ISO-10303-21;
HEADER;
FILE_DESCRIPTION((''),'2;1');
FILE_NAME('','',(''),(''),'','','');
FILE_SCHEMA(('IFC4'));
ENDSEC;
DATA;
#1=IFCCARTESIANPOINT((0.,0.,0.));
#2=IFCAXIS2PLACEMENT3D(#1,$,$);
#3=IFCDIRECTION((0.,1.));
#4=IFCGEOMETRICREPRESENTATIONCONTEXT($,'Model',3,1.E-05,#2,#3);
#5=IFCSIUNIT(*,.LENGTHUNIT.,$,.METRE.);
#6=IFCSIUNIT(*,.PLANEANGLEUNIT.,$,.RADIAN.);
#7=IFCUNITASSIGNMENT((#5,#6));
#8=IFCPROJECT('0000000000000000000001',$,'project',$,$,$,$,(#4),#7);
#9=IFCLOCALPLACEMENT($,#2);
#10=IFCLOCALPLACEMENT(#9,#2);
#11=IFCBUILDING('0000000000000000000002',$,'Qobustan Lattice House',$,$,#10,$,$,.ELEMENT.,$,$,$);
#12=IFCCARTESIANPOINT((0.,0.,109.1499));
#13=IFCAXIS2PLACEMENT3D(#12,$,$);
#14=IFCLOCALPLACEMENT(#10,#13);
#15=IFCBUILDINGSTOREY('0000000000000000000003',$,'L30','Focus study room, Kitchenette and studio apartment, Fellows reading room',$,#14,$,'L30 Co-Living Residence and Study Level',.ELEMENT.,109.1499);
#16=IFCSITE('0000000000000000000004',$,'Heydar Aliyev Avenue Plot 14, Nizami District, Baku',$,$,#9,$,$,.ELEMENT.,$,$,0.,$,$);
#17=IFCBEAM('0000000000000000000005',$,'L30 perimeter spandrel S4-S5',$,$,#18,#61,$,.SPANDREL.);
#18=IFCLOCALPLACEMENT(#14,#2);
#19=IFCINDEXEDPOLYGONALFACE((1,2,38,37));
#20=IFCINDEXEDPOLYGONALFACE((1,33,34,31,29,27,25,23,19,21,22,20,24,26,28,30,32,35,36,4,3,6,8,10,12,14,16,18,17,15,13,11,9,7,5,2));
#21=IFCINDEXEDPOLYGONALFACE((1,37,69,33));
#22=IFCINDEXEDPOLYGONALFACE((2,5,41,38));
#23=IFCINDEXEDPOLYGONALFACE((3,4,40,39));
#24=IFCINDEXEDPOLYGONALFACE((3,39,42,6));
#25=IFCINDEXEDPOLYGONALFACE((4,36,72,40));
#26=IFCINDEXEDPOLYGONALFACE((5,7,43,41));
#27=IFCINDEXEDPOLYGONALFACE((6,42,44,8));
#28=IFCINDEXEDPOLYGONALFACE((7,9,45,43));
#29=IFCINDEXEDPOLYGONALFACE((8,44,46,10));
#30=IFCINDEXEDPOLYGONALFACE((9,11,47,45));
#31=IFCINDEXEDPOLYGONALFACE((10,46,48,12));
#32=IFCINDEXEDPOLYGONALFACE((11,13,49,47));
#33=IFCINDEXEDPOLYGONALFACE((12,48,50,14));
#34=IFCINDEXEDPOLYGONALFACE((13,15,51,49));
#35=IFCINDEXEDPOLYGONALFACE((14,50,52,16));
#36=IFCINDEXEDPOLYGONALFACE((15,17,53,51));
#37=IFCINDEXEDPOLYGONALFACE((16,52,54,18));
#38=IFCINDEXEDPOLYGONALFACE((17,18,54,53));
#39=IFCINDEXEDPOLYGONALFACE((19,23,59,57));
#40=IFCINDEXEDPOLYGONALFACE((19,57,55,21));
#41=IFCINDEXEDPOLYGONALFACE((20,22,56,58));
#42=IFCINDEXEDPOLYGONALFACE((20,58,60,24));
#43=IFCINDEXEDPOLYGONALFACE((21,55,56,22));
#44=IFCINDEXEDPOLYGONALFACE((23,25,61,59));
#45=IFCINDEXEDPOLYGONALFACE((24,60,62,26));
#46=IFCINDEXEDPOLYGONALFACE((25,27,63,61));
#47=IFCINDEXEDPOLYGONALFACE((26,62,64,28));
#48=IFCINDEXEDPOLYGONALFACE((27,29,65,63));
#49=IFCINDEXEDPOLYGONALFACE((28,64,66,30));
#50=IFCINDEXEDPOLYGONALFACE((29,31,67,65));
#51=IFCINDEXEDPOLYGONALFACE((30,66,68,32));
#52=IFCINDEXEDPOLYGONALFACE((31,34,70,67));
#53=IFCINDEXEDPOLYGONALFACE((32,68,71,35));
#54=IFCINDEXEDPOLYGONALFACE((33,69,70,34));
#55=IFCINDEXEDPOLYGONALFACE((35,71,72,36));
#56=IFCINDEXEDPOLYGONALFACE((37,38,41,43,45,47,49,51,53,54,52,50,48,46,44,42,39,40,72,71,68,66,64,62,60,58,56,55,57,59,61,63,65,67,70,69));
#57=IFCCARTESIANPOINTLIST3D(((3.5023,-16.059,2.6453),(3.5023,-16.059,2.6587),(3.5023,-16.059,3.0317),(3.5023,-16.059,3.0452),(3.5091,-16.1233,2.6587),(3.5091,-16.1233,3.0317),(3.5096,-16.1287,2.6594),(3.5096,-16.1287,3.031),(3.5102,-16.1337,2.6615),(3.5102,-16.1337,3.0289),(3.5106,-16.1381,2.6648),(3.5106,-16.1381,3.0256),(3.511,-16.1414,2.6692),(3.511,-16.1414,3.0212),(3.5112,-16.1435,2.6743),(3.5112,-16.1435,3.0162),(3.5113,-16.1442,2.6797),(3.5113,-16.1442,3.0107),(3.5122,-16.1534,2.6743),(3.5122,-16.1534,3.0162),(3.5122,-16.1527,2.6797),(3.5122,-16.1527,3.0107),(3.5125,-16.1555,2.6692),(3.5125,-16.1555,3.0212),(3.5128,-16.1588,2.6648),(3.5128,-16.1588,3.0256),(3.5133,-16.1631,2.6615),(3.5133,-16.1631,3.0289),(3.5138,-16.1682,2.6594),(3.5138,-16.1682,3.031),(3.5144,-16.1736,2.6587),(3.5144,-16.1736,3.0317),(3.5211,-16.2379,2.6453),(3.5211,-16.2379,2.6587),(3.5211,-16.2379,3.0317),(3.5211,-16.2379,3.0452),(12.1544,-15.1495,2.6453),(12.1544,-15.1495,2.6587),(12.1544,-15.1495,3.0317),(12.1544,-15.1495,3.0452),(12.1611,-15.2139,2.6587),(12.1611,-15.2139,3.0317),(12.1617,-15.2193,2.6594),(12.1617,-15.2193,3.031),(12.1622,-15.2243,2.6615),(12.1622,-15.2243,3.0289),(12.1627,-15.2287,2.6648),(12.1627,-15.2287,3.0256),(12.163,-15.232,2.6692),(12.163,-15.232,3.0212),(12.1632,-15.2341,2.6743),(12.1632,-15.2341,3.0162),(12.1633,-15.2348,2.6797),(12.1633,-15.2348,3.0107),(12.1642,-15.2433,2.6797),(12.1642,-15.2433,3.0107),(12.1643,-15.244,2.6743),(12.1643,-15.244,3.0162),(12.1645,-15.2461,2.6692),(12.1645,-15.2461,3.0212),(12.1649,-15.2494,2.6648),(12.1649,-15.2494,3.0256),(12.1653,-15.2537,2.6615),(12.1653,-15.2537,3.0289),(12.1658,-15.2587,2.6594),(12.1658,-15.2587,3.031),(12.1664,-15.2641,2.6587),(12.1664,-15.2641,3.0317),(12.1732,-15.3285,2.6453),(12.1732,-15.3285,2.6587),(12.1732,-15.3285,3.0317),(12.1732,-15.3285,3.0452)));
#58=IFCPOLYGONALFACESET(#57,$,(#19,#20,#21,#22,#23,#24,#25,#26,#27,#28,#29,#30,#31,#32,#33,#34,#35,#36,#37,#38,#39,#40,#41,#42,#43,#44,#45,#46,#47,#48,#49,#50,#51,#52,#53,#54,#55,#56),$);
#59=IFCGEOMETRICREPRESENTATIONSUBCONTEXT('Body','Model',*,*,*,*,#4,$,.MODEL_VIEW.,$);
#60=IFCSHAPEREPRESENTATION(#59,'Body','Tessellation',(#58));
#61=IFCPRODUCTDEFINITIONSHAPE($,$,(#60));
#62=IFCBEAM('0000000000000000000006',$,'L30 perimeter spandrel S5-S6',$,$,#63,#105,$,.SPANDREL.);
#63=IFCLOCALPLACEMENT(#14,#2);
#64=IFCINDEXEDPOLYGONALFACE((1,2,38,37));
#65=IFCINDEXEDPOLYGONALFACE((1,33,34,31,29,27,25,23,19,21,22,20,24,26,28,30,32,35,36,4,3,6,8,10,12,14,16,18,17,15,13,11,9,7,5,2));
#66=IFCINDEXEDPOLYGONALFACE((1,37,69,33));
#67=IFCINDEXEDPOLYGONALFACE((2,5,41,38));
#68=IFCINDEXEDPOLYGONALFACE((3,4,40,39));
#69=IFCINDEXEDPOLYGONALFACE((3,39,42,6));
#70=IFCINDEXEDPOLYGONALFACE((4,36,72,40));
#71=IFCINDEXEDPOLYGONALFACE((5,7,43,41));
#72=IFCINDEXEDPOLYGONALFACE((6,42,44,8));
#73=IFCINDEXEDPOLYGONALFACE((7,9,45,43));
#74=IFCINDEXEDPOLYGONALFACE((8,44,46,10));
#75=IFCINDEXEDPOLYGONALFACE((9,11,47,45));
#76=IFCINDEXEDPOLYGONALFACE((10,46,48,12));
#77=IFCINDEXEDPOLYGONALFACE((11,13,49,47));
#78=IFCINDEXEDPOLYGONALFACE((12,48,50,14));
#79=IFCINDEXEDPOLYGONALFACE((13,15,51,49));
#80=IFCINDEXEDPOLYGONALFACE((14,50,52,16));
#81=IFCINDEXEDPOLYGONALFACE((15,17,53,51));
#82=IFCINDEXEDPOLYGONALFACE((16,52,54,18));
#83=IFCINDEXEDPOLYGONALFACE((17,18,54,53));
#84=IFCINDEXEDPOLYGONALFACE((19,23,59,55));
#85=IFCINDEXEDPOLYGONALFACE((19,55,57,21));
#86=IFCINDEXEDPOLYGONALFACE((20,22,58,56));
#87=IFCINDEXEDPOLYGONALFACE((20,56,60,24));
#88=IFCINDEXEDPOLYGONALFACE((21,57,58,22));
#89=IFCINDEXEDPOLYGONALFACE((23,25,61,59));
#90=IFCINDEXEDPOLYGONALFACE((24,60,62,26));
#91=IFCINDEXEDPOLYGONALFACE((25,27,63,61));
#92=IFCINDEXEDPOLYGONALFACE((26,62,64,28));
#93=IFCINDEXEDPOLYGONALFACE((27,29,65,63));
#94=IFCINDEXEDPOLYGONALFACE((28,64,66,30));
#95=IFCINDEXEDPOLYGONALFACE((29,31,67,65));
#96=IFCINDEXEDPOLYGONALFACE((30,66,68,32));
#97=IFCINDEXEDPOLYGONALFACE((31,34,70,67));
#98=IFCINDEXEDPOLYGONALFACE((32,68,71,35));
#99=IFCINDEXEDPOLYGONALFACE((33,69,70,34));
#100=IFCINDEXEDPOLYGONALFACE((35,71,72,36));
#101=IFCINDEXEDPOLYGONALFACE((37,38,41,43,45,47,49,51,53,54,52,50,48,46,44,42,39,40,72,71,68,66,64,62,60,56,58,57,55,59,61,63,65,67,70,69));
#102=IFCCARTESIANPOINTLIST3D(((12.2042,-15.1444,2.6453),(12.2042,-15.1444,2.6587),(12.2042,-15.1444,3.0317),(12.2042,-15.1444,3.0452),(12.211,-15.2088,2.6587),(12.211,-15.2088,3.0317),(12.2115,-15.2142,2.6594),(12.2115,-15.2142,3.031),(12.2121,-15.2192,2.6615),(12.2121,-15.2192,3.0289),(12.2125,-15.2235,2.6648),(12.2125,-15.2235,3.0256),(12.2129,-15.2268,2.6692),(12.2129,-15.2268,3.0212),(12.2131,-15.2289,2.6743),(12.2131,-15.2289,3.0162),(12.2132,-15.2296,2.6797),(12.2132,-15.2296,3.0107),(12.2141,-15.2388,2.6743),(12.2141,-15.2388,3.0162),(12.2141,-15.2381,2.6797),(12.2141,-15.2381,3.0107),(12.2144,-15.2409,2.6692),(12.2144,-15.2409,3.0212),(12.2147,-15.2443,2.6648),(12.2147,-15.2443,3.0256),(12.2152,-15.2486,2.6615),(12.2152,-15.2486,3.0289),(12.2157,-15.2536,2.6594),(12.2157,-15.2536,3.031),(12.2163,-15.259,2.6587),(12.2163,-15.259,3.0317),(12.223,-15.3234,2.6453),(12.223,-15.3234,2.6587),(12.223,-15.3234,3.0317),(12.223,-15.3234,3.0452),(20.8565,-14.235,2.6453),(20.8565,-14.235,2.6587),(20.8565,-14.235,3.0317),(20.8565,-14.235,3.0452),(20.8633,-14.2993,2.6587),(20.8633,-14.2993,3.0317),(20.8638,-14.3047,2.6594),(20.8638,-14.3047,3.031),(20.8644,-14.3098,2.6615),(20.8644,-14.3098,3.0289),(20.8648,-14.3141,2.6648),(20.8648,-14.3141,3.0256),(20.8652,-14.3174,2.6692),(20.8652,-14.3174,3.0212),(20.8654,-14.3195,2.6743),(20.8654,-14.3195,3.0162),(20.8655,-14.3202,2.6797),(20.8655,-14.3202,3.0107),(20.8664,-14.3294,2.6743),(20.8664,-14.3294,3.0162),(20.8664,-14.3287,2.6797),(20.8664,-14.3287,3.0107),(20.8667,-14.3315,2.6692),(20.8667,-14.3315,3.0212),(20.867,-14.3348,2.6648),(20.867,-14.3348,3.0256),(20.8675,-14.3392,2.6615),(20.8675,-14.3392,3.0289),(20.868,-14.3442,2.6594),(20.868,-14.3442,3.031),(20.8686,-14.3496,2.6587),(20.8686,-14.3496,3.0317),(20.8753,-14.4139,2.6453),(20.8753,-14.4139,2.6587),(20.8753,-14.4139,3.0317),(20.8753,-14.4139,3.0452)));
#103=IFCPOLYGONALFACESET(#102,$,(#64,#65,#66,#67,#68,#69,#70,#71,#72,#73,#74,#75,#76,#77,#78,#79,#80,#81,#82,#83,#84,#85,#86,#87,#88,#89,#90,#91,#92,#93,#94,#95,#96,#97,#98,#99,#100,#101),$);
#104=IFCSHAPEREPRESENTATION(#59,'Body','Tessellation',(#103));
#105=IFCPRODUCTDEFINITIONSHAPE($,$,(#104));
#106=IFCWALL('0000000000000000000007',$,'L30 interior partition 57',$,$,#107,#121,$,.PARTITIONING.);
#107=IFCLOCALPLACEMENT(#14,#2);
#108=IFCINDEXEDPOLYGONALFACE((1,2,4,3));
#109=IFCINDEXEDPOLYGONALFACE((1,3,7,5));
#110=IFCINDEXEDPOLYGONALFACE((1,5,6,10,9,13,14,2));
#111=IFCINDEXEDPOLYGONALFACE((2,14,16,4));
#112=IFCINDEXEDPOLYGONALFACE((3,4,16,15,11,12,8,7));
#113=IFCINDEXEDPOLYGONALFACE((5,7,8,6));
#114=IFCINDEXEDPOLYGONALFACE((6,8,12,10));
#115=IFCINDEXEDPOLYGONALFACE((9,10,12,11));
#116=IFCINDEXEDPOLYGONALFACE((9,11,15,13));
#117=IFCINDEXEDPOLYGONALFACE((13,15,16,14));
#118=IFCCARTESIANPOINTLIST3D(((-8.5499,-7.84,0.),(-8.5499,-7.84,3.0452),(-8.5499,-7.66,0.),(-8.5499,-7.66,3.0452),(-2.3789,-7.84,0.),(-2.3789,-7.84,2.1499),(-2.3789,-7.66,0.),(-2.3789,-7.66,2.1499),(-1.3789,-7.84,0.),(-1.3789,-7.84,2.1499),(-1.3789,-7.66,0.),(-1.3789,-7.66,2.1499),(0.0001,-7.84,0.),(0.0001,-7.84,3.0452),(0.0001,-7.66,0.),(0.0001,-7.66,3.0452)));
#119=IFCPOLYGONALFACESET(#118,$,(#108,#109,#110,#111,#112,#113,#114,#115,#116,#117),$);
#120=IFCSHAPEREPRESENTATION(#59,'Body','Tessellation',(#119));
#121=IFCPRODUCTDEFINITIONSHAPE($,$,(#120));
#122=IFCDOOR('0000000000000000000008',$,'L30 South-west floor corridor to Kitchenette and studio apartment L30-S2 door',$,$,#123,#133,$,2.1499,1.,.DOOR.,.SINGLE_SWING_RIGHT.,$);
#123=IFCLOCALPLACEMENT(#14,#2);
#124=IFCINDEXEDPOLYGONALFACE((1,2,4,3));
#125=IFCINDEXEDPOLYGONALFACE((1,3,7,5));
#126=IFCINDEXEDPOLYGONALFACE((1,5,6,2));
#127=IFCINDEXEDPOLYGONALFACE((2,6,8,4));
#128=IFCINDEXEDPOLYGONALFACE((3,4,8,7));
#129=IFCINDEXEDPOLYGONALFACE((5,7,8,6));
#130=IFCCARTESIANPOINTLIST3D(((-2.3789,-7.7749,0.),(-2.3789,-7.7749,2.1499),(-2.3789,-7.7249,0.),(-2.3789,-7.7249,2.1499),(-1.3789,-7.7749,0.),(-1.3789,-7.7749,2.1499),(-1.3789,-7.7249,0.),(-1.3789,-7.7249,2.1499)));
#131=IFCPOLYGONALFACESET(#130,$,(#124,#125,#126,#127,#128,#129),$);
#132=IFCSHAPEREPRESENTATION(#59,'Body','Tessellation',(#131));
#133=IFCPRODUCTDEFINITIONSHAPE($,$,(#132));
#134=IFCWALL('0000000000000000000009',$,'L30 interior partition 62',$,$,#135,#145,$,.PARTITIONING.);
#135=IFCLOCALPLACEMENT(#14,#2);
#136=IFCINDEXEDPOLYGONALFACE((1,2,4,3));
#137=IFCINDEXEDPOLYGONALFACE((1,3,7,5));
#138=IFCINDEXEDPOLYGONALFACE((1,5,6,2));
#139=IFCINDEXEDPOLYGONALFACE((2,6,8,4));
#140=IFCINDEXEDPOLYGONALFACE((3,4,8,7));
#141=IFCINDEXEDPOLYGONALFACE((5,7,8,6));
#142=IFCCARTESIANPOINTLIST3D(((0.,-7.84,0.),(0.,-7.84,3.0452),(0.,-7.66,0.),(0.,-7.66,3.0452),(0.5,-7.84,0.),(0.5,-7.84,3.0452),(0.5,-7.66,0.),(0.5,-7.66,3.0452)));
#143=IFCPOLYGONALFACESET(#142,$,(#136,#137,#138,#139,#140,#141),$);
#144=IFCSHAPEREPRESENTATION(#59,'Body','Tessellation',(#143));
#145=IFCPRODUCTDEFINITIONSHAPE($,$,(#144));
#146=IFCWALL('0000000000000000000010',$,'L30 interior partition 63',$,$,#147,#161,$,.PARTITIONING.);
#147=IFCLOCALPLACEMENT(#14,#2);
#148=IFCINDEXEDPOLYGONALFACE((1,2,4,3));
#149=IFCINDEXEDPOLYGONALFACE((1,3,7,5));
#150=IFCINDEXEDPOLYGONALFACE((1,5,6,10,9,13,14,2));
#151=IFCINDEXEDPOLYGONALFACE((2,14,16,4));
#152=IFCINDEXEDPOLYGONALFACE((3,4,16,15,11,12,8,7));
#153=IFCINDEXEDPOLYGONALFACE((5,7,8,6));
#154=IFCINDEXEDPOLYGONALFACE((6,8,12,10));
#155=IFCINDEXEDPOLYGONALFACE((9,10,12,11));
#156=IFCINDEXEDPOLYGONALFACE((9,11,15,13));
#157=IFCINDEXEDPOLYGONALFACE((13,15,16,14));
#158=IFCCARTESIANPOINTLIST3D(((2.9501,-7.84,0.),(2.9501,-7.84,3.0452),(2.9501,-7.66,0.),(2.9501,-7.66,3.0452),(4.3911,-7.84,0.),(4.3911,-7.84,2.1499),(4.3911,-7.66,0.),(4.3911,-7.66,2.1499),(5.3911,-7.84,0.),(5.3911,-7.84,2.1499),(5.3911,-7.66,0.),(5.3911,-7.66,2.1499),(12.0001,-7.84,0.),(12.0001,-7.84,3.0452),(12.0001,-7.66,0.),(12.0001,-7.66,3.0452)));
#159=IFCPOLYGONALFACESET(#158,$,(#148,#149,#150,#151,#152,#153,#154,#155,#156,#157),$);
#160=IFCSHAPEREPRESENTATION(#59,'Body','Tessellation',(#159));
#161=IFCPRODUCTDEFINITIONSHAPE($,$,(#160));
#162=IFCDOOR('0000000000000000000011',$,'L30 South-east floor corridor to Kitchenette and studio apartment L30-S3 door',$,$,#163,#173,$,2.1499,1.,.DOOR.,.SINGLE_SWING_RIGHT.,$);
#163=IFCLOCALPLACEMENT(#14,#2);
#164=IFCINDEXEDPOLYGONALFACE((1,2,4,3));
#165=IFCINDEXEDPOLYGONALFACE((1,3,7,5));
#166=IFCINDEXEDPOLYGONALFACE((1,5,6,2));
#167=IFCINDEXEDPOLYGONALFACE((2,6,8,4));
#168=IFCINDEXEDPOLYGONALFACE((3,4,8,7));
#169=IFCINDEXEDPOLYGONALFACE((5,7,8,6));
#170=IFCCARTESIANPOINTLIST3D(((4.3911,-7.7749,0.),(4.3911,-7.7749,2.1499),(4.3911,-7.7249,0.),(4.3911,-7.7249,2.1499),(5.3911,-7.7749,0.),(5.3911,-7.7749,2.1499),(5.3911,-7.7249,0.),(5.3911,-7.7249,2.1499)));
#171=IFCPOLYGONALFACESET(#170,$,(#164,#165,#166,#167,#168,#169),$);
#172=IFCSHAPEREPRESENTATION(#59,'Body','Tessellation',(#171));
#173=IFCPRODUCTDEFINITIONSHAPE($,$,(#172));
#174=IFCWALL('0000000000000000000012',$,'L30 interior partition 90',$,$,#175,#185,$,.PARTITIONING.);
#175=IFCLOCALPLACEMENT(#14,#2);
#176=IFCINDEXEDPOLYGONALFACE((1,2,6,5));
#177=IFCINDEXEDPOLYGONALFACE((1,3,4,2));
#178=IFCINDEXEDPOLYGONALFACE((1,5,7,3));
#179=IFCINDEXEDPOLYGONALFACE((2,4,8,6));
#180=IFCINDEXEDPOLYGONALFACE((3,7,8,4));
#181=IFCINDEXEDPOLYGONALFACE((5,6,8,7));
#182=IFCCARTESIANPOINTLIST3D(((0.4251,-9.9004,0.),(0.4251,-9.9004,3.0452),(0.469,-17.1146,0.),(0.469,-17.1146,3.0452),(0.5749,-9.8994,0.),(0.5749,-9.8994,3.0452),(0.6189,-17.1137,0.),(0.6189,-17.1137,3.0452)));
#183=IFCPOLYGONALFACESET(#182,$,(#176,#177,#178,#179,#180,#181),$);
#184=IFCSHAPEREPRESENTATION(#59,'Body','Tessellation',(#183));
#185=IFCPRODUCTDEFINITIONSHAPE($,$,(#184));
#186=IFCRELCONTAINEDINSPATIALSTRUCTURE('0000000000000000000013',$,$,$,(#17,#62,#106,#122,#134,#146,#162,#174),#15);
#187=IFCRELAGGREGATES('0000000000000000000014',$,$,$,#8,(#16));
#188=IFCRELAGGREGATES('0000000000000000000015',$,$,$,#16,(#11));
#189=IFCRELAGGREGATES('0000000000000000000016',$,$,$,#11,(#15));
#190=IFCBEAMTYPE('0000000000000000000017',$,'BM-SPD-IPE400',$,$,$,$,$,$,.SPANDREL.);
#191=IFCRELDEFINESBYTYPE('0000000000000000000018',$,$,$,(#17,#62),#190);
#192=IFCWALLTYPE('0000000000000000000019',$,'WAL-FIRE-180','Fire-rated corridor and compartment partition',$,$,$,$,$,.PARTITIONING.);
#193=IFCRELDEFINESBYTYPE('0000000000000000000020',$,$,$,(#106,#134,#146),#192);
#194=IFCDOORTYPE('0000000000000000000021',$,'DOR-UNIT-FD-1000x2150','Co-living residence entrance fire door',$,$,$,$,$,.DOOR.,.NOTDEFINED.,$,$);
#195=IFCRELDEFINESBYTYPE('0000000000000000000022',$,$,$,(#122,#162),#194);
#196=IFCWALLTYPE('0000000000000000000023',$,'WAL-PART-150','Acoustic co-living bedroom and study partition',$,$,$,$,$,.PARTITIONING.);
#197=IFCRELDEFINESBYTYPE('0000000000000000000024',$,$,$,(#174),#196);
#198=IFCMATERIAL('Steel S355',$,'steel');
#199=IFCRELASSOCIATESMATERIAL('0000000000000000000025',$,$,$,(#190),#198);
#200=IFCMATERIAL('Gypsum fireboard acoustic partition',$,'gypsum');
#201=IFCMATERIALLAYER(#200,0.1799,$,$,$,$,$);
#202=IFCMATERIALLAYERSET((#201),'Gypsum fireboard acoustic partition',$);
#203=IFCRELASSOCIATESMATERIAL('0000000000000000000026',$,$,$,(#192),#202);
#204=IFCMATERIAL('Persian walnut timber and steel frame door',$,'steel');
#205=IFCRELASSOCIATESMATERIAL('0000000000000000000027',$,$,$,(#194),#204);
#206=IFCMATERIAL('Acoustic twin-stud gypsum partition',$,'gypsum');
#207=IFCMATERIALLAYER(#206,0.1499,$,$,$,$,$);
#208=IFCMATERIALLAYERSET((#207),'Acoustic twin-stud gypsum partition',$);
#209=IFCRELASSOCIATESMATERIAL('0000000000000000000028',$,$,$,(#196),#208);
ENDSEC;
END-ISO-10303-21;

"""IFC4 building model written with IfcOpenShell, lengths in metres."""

from ifc_helpers import new_model, si_unit, direction, frame, frame_2d, origin, origin_2d, place, context, subcontext, project, spatial, rectangle, i_section, extrude, material, layer, layer_set, material_profile, profile_set, type_object, element, fill, save


model = new_model("IFC4")

# Units and contexts
model_context = context("Model", 3, precision=1e-05, world=origin(), true_north=direction((0.0, 1.0)))
body_context = subcontext(model_context, "Body", "Model", "MODEL_VIEW")
ifc_project = project(units=[si_unit("LENGTHUNIT", "METRE"), si_unit("PLANEANGLEUNIT", "RADIAN")], contexts=[model_context])

# Site, building, storey
site_placement = place(None, origin())
site = spatial("IfcSite", under=ifc_project, at=site_placement, Name="Heydar Aliyev Avenue Plot 14, Nizami District, Baku", CompositionType="ELEMENT", RefElevation=0.0)
building_placement = place(site_placement, origin())
building = spatial("IfcBuilding", under=site, at=building_placement, Name="Qobustan Lattice House", CompositionType="ELEMENT")
storey_placement = place(building_placement, frame((0.0, 0.0, 109.1499)))
storey = spatial("IfcBuildingStorey", under=building, at=storey_placement, Name="L30", Description="Focus study room, Kitchenette and studio apartment, Fellows reading room", LongName="L30 Co-Living Residence and Study Level", CompositionType="ELEMENT", Elevation=109.1499)

# Beams
ifc_material_1 = material(Name="Steel S355", Category="steel")
ifc_material_profile_1 = material_profile(ifc_material_1, i_section(OverallWidth=0.1799, OverallDepth=0.3999, WebThickness=0.0085, FlangeThickness=0.0134, FilletRadius=0.021, at=origin_2d()), Name="IPE400")
ifc_profile_set_1 = profile_set([ifc_material_profile_1], Name="Steel S355")
beam_type_1 = type_object("IfcBeamType", Name="BM-SPD-IPE400", PredefinedType="SPANDREL", material=ifc_profile_set_1)
beam_1_placement = place(storey_placement, frame((3.5117, -16.1484, 2.8452), z_axis=(0.994521, 0.104534, 0.0), x_axis=(-0.104534, 0.994521, 0.0)))
element("IfcBeam", 1, at=beam_1_placement, inside=storey, type_object=beam_type_1, Name="L30 perimeter spandrel S4-S5", PredefinedType="SPANDREL", context=body_context, shape_type="SweptSolid", body=[
    extrude(i_section(OverallWidth=0.1799, OverallDepth=0.3999, WebThickness=0.0085, FlangeThickness=0.0134, FilletRadius=0.021, at=origin_2d()), origin(), (0.0, 0.0, 1.0), 8.6997),
])
beam_2_placement = place(storey_placement, frame((12.2136, -15.2339, 2.8452), z_axis=(0.994522, 0.104531, 0.0), x_axis=(-0.104531, 0.994522, 0.0)))
element("IfcBeam", 2, at=beam_2_placement, inside=storey, type_object=beam_type_1, Name="L30 perimeter spandrel S5-S6", PredefinedType="SPANDREL", context=body_context, shape_type="SweptSolid", body=[
    extrude(i_section(OverallWidth=0.1799, OverallDepth=0.3999, WebThickness=0.0085, FlangeThickness=0.0134, FilletRadius=0.021, at=origin_2d()), origin(), (0.0, 0.0, 1.0), 8.7),
])

# Wall, opening, door
ifc_material_2 = material(Name="Gypsum fireboard acoustic partition", Category="gypsum")
ifc_layer_1 = layer(ifc_material_2, 0.1799)
ifc_layer_set_1 = layer_set([ifc_layer_1], Name="Gypsum fireboard acoustic partition")
wall_type_1 = type_object("IfcWallType", Name="WAL-FIRE-180", Description="Fire-rated corridor and compartment partition", PredefinedType="PARTITIONING", material=ifc_layer_set_1)
wall_1_placement = place(storey_placement, frame((0.0, -7.75, 0.0), z_axis=(0.0, 0.0, 1.0), x_axis=(-1.0, 0.0, 0.0)))
wall_1 = element("IfcWall", 3, at=wall_1_placement, inside=storey, type_object=wall_type_1, Name="L30 interior partition 57", PredefinedType="PARTITIONING", context=body_context, shape_type="SweptSolid", body=[
    extrude(rectangle(XDim=8.55, YDim=0.1799, at=frame_2d((4.2749, 0.0))), origin(), (0.0, 0.0, 1.0), 3.0452),
])
opening_1_placement = place(wall_1_placement, frame((1.3789, 0.0, 0.0)))
opening_1 = element("IfcOpeningElement", 4, at=opening_1_placement, cuts=wall_1, PredefinedType="OPENING", context=body_context, shape_type="SweptSolid", body=[
    extrude(rectangle(XDim=1.0, YDim=2.1499, at=frame_2d((0.5, 1.075))), frame((0.0, 0.0999, 0.0), z_axis=(0.0, -1.0, 0.0), x_axis=(1.0, 0.0, 0.0)), (0.0, 0.0, 1.0), 0.2),
])
ifc_material_3 = material(Name="Persian walnut timber and steel frame door", Category="steel")
door_type_1 = type_object("IfcDoorType", Name="DOR-UNIT-FD-1000x2150", Description="Co-living residence entrance fire door", OperationType="NOTDEFINED", PredefinedType="DOOR", material=ifc_material_3)
door_1_placement = place(opening_1_placement, origin())
door_1 = element("IfcDoor", 5, at=door_1_placement, inside=storey, type_object=door_type_1, Name="L30 South-west floor corridor to Kitchenette and studio apartment L30-S2 door", OperationType="SINGLE_SWING_RIGHT", OverallHeight=2.1499, OverallWidth=1.0, PredefinedType="DOOR", context=body_context, shape_type="SweptSolid", body=[
    extrude(rectangle(XDim=1.0, YDim=2.1499, at=frame_2d((0.5, 1.075))), frame((0.0, 0.0249, 0.0), z_axis=(0.0, -1.0, 0.0), x_axis=(1.0, 0.0, 0.0)), (0.0, 0.0, 1.0), 0.05),
])
fill(opening_1, door_1)

# Wall
wall_2_placement = place(storey_placement, frame((0.5, -7.75, 0.0), z_axis=(0.0, 0.0, 1.0), x_axis=(-1.0, 0.0, 0.0)))
element("IfcWall", 6, at=wall_2_placement, inside=storey, type_object=wall_type_1, Name="L30 interior partition 62", PredefinedType="PARTITIONING", context=body_context, shape_type="SweptSolid", body=[
    extrude(rectangle(XDim=0.5, YDim=0.1799, at=frame_2d((0.25, 0.0))), origin(), (0.0, 0.0, 1.0), 3.0452),
])

# Wall, opening, door
wall_3_placement = place(storey_placement, frame((12.0, -7.75, 0.0), z_axis=(0.0, 0.0, 1.0), x_axis=(-1.0, 0.0, 0.0)))
wall_3 = element("IfcWall", 7, at=wall_3_placement, inside=storey, type_object=wall_type_1, Name="L30 interior partition 63", PredefinedType="PARTITIONING", context=body_context, shape_type="SweptSolid", body=[
    extrude(rectangle(XDim=9.05, YDim=0.1799, at=frame_2d((4.5249, 0.0))), origin(), (0.0, 0.0, 1.0), 3.0452),
])
opening_2_placement = place(wall_3_placement, frame((6.6089, 0.0, 0.0)))
opening_2 = element("IfcOpeningElement", 8, at=opening_2_placement, cuts=wall_3, PredefinedType="OPENING", context=body_context, shape_type="SweptSolid", body=[
    extrude(rectangle(XDim=1.0, YDim=2.1499, at=frame_2d((0.5, 1.075))), frame((0.0, 0.0999, 0.0), z_axis=(0.0, -1.0, 0.0), x_axis=(1.0, 0.0, 0.0)), (0.0, 0.0, 1.0), 0.2),
])
door_2_placement = place(opening_2_placement, origin())
door_2 = element("IfcDoor", 9, at=door_2_placement, inside=storey, type_object=door_type_1, Name="L30 South-east floor corridor to Kitchenette and studio apartment L30-S3 door", OperationType="SINGLE_SWING_RIGHT", OverallHeight=2.1499, OverallWidth=1.0, PredefinedType="DOOR", context=body_context, shape_type="SweptSolid", body=[
    extrude(rectangle(XDim=1.0, YDim=2.1499, at=frame_2d((0.5, 1.075))), frame((0.0, 0.0249, 0.0), z_axis=(0.0, -1.0, 0.0), x_axis=(1.0, 0.0, 0.0)), (0.0, 0.0, 1.0), 0.05),
])
fill(opening_2, door_2)

# Wall
ifc_material_4 = material(Name="Acoustic twin-stud gypsum partition", Category="gypsum")
ifc_layer_2 = layer(ifc_material_4, 0.1499)
ifc_layer_set_2 = layer_set([ifc_layer_2], Name="Acoustic twin-stud gypsum partition")
wall_type_2 = type_object("IfcWallType", Name="WAL-PART-150", Description="Acoustic co-living bedroom and study partition", PredefinedType="PARTITIONING", material=ifc_layer_set_2)
wall_4_placement = place(storey_placement, frame((0.5, -9.8999, 0.0), z_axis=(0.0, 0.0, 1.0), x_axis=(0.006091, -0.999981, 0.0)))
element("IfcWall", 10, at=wall_4_placement, inside=storey, type_object=wall_type_2, Name="L30 interior partition 90", PredefinedType="PARTITIONING", context=body_context, shape_type="SweptSolid", body=[
    extrude(rectangle(XDim=7.2144, YDim=0.1499, at=frame_2d((3.6072, 0.0))), origin(), (0.0, 0.0, 1.0), 3.0452),
])

save(model, "model.ifc")
